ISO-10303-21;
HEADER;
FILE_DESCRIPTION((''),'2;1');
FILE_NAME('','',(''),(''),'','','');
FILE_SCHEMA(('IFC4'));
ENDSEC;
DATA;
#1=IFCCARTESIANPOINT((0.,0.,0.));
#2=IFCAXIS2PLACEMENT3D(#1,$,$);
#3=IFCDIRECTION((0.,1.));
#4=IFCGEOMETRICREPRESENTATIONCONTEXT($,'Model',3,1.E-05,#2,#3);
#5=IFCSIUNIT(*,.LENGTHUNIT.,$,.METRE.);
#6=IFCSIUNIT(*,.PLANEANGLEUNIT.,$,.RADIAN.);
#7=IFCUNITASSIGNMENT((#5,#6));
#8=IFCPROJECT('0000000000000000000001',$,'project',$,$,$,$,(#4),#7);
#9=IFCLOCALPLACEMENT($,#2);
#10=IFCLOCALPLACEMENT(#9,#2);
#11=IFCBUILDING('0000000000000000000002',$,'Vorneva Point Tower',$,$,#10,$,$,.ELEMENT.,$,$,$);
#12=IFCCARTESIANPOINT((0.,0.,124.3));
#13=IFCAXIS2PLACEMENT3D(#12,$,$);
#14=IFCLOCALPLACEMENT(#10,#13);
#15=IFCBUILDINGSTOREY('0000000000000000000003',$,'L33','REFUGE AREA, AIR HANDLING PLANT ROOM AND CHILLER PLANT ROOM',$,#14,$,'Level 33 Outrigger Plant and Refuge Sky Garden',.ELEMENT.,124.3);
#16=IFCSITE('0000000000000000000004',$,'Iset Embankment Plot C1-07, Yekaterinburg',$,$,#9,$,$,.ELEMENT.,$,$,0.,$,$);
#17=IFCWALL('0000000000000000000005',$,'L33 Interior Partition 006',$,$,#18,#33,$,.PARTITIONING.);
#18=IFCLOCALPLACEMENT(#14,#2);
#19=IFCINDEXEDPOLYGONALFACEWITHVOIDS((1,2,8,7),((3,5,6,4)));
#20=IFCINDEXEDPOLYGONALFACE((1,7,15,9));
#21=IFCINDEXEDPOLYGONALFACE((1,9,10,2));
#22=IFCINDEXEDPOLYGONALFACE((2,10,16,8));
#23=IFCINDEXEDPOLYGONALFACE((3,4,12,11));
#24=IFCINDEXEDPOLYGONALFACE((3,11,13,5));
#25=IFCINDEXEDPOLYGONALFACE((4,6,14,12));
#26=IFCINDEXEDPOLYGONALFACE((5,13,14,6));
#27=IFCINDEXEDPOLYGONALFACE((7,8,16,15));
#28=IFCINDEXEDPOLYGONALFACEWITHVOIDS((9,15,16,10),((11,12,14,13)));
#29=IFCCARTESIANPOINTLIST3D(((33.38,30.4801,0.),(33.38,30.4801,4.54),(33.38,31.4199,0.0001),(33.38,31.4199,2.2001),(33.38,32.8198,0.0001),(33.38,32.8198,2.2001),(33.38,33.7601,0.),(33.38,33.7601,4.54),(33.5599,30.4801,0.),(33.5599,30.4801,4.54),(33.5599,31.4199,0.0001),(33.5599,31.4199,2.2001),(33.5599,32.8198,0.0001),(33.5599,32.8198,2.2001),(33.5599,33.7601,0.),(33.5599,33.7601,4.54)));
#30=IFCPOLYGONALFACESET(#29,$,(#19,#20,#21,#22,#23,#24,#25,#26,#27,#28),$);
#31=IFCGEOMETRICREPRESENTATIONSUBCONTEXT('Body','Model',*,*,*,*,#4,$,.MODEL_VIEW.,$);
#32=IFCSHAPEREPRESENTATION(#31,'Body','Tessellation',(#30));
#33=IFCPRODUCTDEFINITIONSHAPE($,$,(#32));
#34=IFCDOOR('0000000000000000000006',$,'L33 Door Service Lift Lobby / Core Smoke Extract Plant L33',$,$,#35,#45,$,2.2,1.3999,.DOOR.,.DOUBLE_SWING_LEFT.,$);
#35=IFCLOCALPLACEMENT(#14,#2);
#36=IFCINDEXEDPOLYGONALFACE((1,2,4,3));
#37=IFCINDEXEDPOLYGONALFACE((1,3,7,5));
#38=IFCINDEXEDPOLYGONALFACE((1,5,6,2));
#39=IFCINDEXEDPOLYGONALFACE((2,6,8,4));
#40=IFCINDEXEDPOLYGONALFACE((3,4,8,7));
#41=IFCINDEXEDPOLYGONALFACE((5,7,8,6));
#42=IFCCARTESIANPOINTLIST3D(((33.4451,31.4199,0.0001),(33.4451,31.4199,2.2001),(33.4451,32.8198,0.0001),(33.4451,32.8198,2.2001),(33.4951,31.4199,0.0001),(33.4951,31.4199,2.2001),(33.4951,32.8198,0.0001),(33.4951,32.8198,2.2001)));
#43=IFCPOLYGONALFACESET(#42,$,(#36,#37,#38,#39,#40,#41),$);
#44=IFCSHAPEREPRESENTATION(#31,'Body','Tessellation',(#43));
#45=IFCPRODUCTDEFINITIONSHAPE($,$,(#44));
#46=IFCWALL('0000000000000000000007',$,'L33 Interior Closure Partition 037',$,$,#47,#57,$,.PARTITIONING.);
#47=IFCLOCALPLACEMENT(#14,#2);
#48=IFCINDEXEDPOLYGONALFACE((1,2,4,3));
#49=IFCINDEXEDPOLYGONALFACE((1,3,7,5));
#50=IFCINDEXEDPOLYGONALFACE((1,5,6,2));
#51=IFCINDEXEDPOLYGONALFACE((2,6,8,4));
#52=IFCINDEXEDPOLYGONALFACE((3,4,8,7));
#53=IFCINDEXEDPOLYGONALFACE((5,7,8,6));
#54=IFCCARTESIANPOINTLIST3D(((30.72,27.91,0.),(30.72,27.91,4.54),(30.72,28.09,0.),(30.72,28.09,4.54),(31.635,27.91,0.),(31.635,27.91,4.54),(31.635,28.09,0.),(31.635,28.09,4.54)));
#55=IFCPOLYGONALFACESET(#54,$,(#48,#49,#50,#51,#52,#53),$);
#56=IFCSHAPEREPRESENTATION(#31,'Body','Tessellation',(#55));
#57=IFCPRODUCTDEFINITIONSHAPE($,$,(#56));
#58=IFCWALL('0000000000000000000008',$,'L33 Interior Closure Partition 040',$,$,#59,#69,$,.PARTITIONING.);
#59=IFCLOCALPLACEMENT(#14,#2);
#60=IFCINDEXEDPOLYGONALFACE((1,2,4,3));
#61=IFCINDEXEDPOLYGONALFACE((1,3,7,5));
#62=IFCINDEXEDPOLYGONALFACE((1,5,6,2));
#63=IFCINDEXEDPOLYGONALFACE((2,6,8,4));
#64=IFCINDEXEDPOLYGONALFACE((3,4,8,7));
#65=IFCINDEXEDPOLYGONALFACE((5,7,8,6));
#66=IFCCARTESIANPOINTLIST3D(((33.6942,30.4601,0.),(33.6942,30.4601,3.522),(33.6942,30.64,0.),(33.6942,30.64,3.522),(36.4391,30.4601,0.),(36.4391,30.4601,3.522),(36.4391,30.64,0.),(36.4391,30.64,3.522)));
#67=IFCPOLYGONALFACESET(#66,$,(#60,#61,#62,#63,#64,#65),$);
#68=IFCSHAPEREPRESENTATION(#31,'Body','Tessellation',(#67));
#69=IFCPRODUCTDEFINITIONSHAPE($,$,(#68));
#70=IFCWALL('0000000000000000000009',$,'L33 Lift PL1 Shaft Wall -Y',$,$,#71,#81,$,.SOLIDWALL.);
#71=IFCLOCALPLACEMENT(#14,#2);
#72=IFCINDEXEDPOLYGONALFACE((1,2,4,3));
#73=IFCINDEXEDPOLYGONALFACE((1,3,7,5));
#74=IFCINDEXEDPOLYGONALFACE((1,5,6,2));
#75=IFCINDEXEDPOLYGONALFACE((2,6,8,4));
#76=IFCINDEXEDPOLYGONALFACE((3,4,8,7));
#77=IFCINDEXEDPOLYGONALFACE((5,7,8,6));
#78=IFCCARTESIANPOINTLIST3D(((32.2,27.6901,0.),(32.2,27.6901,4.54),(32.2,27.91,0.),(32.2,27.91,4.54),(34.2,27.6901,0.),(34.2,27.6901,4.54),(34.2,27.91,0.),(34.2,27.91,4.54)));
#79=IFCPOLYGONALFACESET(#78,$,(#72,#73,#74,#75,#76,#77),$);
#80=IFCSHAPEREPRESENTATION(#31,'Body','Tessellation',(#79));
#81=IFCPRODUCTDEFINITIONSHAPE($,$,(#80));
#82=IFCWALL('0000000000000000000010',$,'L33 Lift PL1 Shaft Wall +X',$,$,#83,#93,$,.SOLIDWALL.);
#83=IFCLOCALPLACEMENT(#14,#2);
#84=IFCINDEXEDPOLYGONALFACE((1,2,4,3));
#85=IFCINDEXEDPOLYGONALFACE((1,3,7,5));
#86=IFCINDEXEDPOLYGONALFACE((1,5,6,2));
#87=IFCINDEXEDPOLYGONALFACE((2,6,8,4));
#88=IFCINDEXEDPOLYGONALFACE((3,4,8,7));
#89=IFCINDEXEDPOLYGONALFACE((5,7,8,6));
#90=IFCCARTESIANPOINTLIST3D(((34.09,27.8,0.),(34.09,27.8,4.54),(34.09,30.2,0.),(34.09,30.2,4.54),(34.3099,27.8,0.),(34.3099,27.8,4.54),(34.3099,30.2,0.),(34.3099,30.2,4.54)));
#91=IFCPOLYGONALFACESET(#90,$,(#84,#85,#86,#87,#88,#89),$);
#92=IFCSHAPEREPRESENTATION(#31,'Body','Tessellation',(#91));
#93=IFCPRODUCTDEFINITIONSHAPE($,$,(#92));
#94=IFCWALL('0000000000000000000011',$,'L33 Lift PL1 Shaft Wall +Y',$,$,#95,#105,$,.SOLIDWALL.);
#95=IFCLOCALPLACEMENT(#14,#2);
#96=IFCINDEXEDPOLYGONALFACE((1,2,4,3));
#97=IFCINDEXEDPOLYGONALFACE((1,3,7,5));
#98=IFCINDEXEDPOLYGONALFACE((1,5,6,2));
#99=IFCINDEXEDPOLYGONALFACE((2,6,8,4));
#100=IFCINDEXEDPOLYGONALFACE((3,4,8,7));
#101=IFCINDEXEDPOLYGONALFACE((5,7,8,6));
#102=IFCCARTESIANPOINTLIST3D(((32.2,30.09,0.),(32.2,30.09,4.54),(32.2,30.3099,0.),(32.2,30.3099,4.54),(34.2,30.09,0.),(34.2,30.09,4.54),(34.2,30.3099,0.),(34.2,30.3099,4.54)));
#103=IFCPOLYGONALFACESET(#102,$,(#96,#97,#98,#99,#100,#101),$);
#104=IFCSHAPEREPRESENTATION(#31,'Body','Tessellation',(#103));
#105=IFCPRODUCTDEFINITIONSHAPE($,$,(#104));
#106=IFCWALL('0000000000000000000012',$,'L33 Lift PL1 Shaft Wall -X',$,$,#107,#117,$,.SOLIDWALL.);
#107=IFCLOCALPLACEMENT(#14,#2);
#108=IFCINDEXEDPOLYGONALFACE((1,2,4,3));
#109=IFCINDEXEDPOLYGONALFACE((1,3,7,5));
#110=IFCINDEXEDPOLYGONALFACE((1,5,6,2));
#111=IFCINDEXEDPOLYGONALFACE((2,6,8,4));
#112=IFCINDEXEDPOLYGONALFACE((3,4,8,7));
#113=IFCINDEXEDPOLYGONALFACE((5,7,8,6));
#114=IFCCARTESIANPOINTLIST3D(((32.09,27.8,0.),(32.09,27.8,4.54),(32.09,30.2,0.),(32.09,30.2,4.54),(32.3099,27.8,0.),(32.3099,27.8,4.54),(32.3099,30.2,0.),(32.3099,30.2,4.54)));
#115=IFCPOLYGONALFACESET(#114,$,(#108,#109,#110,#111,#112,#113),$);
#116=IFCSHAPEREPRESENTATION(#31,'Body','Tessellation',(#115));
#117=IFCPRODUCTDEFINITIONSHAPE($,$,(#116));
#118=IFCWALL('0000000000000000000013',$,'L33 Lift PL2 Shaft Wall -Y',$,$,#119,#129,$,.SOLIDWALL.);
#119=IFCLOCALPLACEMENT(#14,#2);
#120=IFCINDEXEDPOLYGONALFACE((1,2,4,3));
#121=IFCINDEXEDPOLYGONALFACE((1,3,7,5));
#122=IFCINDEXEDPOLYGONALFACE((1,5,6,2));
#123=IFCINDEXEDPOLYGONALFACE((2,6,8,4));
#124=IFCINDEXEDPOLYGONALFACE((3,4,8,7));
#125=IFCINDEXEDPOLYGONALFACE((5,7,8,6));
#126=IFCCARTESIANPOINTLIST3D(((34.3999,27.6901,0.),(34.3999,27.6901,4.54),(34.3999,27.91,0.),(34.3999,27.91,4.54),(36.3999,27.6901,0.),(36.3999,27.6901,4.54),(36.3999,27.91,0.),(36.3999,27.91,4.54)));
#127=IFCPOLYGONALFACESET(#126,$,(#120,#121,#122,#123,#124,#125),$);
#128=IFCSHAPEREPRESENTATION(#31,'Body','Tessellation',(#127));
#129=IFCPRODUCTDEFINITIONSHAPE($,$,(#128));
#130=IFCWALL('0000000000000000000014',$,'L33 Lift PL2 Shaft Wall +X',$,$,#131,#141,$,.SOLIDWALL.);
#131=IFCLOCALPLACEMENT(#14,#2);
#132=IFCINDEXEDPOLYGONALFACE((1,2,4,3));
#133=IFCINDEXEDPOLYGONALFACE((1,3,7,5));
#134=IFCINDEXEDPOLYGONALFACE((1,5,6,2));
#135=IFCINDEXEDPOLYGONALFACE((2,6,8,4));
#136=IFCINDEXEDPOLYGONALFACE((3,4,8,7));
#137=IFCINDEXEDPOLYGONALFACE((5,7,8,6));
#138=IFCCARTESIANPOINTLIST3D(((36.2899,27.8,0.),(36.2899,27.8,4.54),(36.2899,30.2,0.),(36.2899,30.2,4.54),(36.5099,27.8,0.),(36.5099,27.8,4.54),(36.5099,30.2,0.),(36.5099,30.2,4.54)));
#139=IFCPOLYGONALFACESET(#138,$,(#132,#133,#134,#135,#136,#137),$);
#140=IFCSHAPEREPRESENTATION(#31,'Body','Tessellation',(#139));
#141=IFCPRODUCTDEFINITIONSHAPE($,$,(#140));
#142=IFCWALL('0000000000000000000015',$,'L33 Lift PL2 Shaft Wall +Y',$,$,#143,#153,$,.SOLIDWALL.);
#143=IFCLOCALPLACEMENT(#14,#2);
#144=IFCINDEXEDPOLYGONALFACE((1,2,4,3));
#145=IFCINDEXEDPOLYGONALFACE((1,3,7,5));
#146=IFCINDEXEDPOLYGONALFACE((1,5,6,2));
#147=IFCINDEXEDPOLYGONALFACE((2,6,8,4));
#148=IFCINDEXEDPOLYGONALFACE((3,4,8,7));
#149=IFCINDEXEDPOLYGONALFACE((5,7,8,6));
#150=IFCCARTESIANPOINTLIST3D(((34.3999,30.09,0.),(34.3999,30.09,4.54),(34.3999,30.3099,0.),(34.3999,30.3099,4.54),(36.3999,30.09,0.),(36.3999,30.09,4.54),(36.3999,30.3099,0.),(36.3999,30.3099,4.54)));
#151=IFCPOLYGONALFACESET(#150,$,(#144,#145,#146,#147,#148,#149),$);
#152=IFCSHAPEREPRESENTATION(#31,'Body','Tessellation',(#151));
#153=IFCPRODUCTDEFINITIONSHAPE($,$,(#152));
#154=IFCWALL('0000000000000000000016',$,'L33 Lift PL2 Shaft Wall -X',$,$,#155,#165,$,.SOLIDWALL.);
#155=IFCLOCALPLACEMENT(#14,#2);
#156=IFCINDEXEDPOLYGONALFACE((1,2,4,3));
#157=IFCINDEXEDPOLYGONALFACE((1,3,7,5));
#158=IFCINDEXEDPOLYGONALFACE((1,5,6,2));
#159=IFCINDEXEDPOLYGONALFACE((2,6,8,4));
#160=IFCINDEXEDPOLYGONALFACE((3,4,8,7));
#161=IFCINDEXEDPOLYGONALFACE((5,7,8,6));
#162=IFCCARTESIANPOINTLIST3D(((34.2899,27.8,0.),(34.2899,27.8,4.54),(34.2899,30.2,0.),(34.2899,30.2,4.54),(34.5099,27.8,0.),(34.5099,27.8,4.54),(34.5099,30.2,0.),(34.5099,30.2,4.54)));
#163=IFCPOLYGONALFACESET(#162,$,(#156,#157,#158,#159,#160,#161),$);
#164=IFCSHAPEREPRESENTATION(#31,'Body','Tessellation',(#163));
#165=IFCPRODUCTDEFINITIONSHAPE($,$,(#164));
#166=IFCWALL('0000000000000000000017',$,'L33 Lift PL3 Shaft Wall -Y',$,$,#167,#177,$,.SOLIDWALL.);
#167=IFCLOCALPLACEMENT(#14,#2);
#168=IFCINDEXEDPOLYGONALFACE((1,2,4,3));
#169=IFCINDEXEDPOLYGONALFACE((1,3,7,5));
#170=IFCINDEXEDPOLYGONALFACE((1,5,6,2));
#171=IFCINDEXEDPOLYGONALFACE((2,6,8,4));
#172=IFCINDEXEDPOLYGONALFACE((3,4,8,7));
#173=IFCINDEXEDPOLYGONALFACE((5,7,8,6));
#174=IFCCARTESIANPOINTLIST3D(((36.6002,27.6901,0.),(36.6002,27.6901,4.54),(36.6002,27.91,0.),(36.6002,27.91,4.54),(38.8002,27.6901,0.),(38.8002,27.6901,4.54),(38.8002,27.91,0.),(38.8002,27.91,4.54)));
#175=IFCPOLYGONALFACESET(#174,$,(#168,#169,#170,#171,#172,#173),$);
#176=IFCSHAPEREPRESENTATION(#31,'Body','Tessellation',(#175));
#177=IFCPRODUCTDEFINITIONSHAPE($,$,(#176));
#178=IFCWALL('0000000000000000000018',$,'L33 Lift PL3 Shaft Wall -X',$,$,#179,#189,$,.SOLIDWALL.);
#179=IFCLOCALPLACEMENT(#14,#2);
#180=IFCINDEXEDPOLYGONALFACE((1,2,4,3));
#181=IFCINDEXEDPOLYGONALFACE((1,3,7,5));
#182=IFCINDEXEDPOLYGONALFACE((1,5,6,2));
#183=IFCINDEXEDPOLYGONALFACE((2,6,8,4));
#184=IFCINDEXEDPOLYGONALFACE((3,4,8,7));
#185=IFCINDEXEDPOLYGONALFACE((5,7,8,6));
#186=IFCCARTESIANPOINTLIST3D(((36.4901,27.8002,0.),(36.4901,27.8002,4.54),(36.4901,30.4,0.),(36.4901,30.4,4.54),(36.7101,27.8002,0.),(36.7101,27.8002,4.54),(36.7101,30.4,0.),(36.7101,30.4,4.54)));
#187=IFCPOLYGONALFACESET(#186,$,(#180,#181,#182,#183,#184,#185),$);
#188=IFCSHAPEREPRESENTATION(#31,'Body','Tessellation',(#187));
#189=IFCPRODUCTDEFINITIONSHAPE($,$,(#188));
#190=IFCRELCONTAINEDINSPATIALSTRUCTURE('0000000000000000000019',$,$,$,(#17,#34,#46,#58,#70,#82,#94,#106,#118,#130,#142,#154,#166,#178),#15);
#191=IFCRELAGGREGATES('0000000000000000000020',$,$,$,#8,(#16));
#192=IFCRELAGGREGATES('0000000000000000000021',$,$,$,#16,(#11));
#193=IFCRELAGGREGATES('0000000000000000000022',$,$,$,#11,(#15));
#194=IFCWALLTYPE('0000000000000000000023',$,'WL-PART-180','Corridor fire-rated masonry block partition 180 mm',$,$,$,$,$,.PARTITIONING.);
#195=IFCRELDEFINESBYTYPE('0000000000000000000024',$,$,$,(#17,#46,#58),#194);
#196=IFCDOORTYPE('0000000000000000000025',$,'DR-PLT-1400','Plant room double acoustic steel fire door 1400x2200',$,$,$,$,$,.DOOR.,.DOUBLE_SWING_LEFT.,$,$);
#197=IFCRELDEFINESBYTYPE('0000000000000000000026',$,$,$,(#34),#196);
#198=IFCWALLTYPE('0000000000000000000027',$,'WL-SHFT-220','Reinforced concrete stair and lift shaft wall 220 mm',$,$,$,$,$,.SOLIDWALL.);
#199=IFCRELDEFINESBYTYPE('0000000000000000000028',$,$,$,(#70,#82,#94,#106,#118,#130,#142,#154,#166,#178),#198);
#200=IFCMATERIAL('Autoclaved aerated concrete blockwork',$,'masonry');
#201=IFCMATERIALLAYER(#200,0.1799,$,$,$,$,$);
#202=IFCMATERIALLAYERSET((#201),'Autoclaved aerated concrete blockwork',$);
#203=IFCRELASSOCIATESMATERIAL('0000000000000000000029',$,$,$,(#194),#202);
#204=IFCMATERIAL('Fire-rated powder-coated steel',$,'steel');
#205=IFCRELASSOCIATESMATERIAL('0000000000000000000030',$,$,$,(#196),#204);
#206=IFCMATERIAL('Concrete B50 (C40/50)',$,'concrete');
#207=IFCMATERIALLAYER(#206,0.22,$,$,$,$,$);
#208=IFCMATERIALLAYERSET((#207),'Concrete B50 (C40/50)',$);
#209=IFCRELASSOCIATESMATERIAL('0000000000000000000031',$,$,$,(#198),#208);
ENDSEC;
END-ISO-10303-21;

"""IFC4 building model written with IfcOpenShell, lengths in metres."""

from ifc_helpers import new_model, si_unit, direction, frame, frame_2d, origin, place, context, subcontext, project, spatial, rectangle, extrude, material, layer, layer_set, type_object, element, fill, save


model = new_model("IFC4")

# Units and contexts
model_context = context("Model", 3, precision=1e-05, world=origin(), true_north=direction((0.0, 1.0)))
body_context = subcontext(model_context, "Body", "Model", "MODEL_VIEW")
ifc_project = project(units=[si_unit("LENGTHUNIT", "METRE"), si_unit("PLANEANGLEUNIT", "RADIAN")], contexts=[model_context])

# Site, building, storey
site_placement = place(None, origin())
site = spatial("IfcSite", under=ifc_project, at=site_placement, Name="Iset Embankment Plot C1-07, Yekaterinburg", CompositionType="ELEMENT", RefElevation=0.0)
building_placement = place(site_placement, origin())
building = spatial("IfcBuilding", under=site, at=building_placement, Name="Vorneva Point Tower", CompositionType="ELEMENT")
storey_placement = place(building_placement, frame((0.0, 0.0, 124.3)))
storey = spatial("IfcBuildingStorey", under=building, at=storey_placement, Name="L33", Description="REFUGE AREA, AIR HANDLING PLANT ROOM AND CHILLER PLANT ROOM", LongName="Level 33 Outrigger Plant and Refuge Sky Garden", CompositionType="ELEMENT", Elevation=124.3)

# Wall, opening, door
ifc_material_1 = material(Name="Autoclaved aerated concrete blockwork", Category="masonry")
ifc_layer_1 = layer(ifc_material_1, 0.1799)
ifc_layer_set_1 = layer_set([ifc_layer_1], Name="Autoclaved aerated concrete blockwork")
wall_type_1 = type_object("IfcWallType", Name="WL-PART-180", Description="Corridor fire-rated masonry block partition 180 mm", PredefinedType="PARTITIONING", material=ifc_layer_set_1)
ifc_material_2 = material(Name="Fire-rated powder-coated steel", Category="steel")
wall_1_placement = place(storey_placement, frame((33.47, 30.48, 0.0), z_axis=(0.0, 0.0, 1.0), x_axis=(0.0, 1.0, 0.0)))
wall_1 = element("IfcWall", 1, at=wall_1_placement, inside=storey, type_object=wall_type_1, Name="L33 Interior Partition 006", PredefinedType="PARTITIONING", context=body_context, shape_type="SweptSolid", body=[
    extrude(rectangle(XDim=3.28, YDim=0.1799, at=frame_2d((1.6401, 0.0))), origin(), (0.0, 0.0, 1.0), 4.54),
])
opening_1_placement = place(wall_1_placement, frame((0.9399, 0.0, 0.0)))
opening_1 = element("IfcOpeningElement", 2, at=opening_1_placement, cuts=wall_1, PredefinedType="OPENING", context=body_context, shape_type="SweptSolid", body=[
    extrude(rectangle(XDim=1.3999, YDim=2.2, at=frame_2d((0.7, 1.1001))), frame((0.0, 0.105, 0.0), z_axis=(0.0, -1.0, 0.0), x_axis=(1.0, 0.0, 0.0)), (0.0, 0.0, 1.0), 0.2097),
])
door_type_1 = type_object("IfcDoorType", Name="DR-PLT-1400", Description="Plant room double acoustic steel fire door 1400x2200", OperationType="DOUBLE_SWING_LEFT", PredefinedType="DOOR", material=ifc_material_2)
door_1_placement = place(opening_1_placement, origin())
door_1 = element("IfcDoor", 3, at=door_1_placement, inside=storey, type_object=door_type_1, Name="L33 Door Service Lift Lobby / Core Smoke Extract Plant L33", OperationType="DOUBLE_SWING_LEFT", OverallHeight=2.2, OverallWidth=1.3999, PredefinedType="DOOR", context=body_context, shape_type="SweptSolid", body=[
    extrude(rectangle(XDim=1.3999, YDim=2.2, at=frame_2d((0.7, 1.1001))), frame((0.0, 0.0249, 0.0), z_axis=(0.0, -1.0, 0.0), x_axis=(1.0, 0.0, 0.0)), (0.0, 0.0, 1.0), 0.05),
])
fill(opening_1, door_1)

# Walls
wall_2_placement = place(storey_placement, frame((31.635, 28.0, 0.0), z_axis=(0.0, 0.0, 1.0), x_axis=(-1.0, 0.0, 0.0)))
element("IfcWall", 4, at=wall_2_placement, inside=storey, type_object=wall_type_1, Name="L33 Interior Closure Partition 037", PredefinedType="PARTITIONING", context=body_context, shape_type="SweptSolid", body=[
    extrude(rectangle(XDim=0.915, YDim=0.1799, at=frame_2d((0.4575, 0.0))), origin(), (0.0, 0.0, 1.0), 4.54),
])
wall_3_placement = place(storey_placement, frame((33.6941, 30.55, 0.0), z_axis=(0.0, 0.0, 1.0), x_axis=(1.0, 0.0, 0.0)))
element("IfcWall", 5, at=wall_3_placement, inside=storey, type_object=wall_type_1, Name="L33 Interior Closure Partition 040", PredefinedType="PARTITIONING", context=body_context, shape_type="SweptSolid", body=[
    extrude(rectangle(XDim=2.7449, YDim=0.1799, at=frame_2d((1.3726, 0.0))), origin(), (0.0, 0.0, 1.0), 3.522),
])
ifc_material_3 = material(Name="Concrete B50 (C40/50)", Category="concrete")
ifc_layer_2 = layer(ifc_material_3, 0.22)
ifc_layer_set_2 = layer_set([ifc_layer_2], Name="Concrete B50 (C40/50)")
wall_type_2 = type_object("IfcWallType", Name="WL-SHFT-220", Description="Reinforced concrete stair and lift shaft wall 220 mm", PredefinedType="SOLIDWALL", material=ifc_layer_set_2)
wall_4_placement = place(storey_placement, frame((32.2, 27.8, 0.0), z_axis=(0.0, 0.0, 1.0), x_axis=(1.0, 0.0, 0.0)))
element("IfcWall", 6, at=wall_4_placement, inside=storey, type_object=wall_type_2, Name="L33 Lift PL1 Shaft Wall -Y", PredefinedType="SOLIDWALL", context=body_context, shape_type="SweptSolid", body=[
    extrude(rectangle(XDim=2.0, YDim=0.22, at=frame_2d((1.0, 0.0))), origin(), (0.0, 0.0, 1.0), 4.54),
])
wall_5_placement = place(storey_placement, frame((34.2, 27.8, 0.0), z_axis=(0.0, 0.0, 1.0), x_axis=(0.0, 1.0, 0.0)))
element("IfcWall", 7, at=wall_5_placement, inside=storey, type_object=wall_type_2, Name="L33 Lift PL1 Shaft Wall +X", PredefinedType="SOLIDWALL", context=body_context, shape_type="SweptSolid", body=[
    extrude(rectangle(XDim=2.3999, YDim=0.22, at=frame_2d((1.2, 0.0))), origin(), (0.0, 0.0, 1.0), 4.54),
])
wall_6_placement = place(storey_placement, frame((34.2, 30.2, 0.0), z_axis=(0.0, 0.0, 1.0), x_axis=(-1.0, 0.0, 0.0)))
element("IfcWall", 8, at=wall_6_placement, inside=storey, type_object=wall_type_2, Name="L33 Lift PL1 Shaft Wall +Y", PredefinedType="SOLIDWALL", context=body_context, shape_type="SweptSolid", body=[
    extrude(rectangle(XDim=2.0, YDim=0.22, at=frame_2d((1.0, 0.0))), origin(), (0.0, 0.0, 1.0), 4.54),
])
wall_7_placement = place(storey_placement, frame((32.2, 30.2, 0.0), z_axis=(0.0, 0.0, 1.0), x_axis=(0.0, -1.0, 0.0)))
element("IfcWall", 9, at=wall_7_placement, inside=storey, type_object=wall_type_2, Name="L33 Lift PL1 Shaft Wall -X", PredefinedType="SOLIDWALL", context=body_context, shape_type="SweptSolid", body=[
    extrude(rectangle(XDim=2.3999, YDim=0.22, at=frame_2d((1.2, 0.0))), origin(), (0.0, 0.0, 1.0), 4.54),
])
wall_8_placement = place(storey_placement, frame((34.3999, 27.8, 0.0), z_axis=(0.0, 0.0, 1.0), x_axis=(1.0, 0.0, 0.0)))
element("IfcWall", 10, at=wall_8_placement, inside=storey, type_object=wall_type_2, Name="L33 Lift PL2 Shaft Wall -Y", PredefinedType="SOLIDWALL", context=body_context, shape_type="SweptSolid", body=[
    extrude(rectangle(XDim=2.0, YDim=0.22, at=frame_2d((1.0, 0.0))), origin(), (0.0, 0.0, 1.0), 4.54),
])
wall_9_placement = place(storey_placement, frame((36.3999, 27.8, 0.0), z_axis=(0.0, 0.0, 1.0), x_axis=(0.0, 1.0, 0.0)))
element("IfcWall", 11, at=wall_9_placement, inside=storey, type_object=wall_type_2, Name="L33 Lift PL2 Shaft Wall +X", PredefinedType="SOLIDWALL", context=body_context, shape_type="SweptSolid", body=[
    extrude(rectangle(XDim=2.3999, YDim=0.22, at=frame_2d((1.2, 0.0))), origin(), (0.0, 0.0, 1.0), 4.54),
])
wall_10_placement = place(storey_placement, frame((36.3999, 30.2, 0.0), z_axis=(0.0, 0.0, 1.0), x_axis=(-1.0, 0.0, 0.0)))
element("IfcWall", 12, at=wall_10_placement, inside=storey, type_object=wall_type_2, Name="L33 Lift PL2 Shaft Wall +Y", PredefinedType="SOLIDWALL", context=body_context, shape_type="SweptSolid", body=[
    extrude(rectangle(XDim=2.0, YDim=0.22, at=frame_2d((1.0, 0.0))), origin(), (0.0, 0.0, 1.0), 4.54),
])
wall_11_placement = place(storey_placement, frame((34.3999, 30.2, 0.0), z_axis=(0.0, 0.0, 1.0), x_axis=(0.0, -1.0, 0.0)))
element("IfcWall", 13, at=wall_11_placement, inside=storey, type_object=wall_type_2, Name="L33 Lift PL2 Shaft Wall -X", PredefinedType="SOLIDWALL", context=body_context, shape_type="SweptSolid", body=[
    extrude(rectangle(XDim=2.3999, YDim=0.22, at=frame_2d((1.2, 0.0))), origin(), (0.0, 0.0, 1.0), 4.54),
])
wall_12_placement = place(storey_placement, frame((36.6001, 27.8, 0.0), z_axis=(0.0, 0.0, 1.0), x_axis=(1.0, 0.0, 0.0)))
element("IfcWall", 14, at=wall_12_placement, inside=storey, type_object=wall_type_2, Name="L33 Lift PL3 Shaft Wall -Y", PredefinedType="SOLIDWALL", context=body_context, shape_type="SweptSolid", body=[
    extrude(rectangle(XDim=2.2, YDim=0.22, at=frame_2d((1.1001, 0.0))), origin(), (0.0, 0.0, 1.0), 4.54),
])
wall_13_placement = place(storey_placement, frame((36.6001, 30.3999, 0.0), z_axis=(0.0, 0.0, 1.0), x_axis=(0.0, -1.0, 0.0)))
element("IfcWall", 15, at=wall_13_placement, inside=storey, type_object=wall_type_2, Name="L33 Lift PL3 Shaft Wall -X", PredefinedType="SOLIDWALL", context=body_context, shape_type="SweptSolid", body=[
    extrude(rectangle(XDim=2.5999, YDim=0.22, at=frame_2d((1.2998, 0.0))), origin(), (0.0, 0.0, 1.0), 4.54),
])

save(model, "model.ifc")
